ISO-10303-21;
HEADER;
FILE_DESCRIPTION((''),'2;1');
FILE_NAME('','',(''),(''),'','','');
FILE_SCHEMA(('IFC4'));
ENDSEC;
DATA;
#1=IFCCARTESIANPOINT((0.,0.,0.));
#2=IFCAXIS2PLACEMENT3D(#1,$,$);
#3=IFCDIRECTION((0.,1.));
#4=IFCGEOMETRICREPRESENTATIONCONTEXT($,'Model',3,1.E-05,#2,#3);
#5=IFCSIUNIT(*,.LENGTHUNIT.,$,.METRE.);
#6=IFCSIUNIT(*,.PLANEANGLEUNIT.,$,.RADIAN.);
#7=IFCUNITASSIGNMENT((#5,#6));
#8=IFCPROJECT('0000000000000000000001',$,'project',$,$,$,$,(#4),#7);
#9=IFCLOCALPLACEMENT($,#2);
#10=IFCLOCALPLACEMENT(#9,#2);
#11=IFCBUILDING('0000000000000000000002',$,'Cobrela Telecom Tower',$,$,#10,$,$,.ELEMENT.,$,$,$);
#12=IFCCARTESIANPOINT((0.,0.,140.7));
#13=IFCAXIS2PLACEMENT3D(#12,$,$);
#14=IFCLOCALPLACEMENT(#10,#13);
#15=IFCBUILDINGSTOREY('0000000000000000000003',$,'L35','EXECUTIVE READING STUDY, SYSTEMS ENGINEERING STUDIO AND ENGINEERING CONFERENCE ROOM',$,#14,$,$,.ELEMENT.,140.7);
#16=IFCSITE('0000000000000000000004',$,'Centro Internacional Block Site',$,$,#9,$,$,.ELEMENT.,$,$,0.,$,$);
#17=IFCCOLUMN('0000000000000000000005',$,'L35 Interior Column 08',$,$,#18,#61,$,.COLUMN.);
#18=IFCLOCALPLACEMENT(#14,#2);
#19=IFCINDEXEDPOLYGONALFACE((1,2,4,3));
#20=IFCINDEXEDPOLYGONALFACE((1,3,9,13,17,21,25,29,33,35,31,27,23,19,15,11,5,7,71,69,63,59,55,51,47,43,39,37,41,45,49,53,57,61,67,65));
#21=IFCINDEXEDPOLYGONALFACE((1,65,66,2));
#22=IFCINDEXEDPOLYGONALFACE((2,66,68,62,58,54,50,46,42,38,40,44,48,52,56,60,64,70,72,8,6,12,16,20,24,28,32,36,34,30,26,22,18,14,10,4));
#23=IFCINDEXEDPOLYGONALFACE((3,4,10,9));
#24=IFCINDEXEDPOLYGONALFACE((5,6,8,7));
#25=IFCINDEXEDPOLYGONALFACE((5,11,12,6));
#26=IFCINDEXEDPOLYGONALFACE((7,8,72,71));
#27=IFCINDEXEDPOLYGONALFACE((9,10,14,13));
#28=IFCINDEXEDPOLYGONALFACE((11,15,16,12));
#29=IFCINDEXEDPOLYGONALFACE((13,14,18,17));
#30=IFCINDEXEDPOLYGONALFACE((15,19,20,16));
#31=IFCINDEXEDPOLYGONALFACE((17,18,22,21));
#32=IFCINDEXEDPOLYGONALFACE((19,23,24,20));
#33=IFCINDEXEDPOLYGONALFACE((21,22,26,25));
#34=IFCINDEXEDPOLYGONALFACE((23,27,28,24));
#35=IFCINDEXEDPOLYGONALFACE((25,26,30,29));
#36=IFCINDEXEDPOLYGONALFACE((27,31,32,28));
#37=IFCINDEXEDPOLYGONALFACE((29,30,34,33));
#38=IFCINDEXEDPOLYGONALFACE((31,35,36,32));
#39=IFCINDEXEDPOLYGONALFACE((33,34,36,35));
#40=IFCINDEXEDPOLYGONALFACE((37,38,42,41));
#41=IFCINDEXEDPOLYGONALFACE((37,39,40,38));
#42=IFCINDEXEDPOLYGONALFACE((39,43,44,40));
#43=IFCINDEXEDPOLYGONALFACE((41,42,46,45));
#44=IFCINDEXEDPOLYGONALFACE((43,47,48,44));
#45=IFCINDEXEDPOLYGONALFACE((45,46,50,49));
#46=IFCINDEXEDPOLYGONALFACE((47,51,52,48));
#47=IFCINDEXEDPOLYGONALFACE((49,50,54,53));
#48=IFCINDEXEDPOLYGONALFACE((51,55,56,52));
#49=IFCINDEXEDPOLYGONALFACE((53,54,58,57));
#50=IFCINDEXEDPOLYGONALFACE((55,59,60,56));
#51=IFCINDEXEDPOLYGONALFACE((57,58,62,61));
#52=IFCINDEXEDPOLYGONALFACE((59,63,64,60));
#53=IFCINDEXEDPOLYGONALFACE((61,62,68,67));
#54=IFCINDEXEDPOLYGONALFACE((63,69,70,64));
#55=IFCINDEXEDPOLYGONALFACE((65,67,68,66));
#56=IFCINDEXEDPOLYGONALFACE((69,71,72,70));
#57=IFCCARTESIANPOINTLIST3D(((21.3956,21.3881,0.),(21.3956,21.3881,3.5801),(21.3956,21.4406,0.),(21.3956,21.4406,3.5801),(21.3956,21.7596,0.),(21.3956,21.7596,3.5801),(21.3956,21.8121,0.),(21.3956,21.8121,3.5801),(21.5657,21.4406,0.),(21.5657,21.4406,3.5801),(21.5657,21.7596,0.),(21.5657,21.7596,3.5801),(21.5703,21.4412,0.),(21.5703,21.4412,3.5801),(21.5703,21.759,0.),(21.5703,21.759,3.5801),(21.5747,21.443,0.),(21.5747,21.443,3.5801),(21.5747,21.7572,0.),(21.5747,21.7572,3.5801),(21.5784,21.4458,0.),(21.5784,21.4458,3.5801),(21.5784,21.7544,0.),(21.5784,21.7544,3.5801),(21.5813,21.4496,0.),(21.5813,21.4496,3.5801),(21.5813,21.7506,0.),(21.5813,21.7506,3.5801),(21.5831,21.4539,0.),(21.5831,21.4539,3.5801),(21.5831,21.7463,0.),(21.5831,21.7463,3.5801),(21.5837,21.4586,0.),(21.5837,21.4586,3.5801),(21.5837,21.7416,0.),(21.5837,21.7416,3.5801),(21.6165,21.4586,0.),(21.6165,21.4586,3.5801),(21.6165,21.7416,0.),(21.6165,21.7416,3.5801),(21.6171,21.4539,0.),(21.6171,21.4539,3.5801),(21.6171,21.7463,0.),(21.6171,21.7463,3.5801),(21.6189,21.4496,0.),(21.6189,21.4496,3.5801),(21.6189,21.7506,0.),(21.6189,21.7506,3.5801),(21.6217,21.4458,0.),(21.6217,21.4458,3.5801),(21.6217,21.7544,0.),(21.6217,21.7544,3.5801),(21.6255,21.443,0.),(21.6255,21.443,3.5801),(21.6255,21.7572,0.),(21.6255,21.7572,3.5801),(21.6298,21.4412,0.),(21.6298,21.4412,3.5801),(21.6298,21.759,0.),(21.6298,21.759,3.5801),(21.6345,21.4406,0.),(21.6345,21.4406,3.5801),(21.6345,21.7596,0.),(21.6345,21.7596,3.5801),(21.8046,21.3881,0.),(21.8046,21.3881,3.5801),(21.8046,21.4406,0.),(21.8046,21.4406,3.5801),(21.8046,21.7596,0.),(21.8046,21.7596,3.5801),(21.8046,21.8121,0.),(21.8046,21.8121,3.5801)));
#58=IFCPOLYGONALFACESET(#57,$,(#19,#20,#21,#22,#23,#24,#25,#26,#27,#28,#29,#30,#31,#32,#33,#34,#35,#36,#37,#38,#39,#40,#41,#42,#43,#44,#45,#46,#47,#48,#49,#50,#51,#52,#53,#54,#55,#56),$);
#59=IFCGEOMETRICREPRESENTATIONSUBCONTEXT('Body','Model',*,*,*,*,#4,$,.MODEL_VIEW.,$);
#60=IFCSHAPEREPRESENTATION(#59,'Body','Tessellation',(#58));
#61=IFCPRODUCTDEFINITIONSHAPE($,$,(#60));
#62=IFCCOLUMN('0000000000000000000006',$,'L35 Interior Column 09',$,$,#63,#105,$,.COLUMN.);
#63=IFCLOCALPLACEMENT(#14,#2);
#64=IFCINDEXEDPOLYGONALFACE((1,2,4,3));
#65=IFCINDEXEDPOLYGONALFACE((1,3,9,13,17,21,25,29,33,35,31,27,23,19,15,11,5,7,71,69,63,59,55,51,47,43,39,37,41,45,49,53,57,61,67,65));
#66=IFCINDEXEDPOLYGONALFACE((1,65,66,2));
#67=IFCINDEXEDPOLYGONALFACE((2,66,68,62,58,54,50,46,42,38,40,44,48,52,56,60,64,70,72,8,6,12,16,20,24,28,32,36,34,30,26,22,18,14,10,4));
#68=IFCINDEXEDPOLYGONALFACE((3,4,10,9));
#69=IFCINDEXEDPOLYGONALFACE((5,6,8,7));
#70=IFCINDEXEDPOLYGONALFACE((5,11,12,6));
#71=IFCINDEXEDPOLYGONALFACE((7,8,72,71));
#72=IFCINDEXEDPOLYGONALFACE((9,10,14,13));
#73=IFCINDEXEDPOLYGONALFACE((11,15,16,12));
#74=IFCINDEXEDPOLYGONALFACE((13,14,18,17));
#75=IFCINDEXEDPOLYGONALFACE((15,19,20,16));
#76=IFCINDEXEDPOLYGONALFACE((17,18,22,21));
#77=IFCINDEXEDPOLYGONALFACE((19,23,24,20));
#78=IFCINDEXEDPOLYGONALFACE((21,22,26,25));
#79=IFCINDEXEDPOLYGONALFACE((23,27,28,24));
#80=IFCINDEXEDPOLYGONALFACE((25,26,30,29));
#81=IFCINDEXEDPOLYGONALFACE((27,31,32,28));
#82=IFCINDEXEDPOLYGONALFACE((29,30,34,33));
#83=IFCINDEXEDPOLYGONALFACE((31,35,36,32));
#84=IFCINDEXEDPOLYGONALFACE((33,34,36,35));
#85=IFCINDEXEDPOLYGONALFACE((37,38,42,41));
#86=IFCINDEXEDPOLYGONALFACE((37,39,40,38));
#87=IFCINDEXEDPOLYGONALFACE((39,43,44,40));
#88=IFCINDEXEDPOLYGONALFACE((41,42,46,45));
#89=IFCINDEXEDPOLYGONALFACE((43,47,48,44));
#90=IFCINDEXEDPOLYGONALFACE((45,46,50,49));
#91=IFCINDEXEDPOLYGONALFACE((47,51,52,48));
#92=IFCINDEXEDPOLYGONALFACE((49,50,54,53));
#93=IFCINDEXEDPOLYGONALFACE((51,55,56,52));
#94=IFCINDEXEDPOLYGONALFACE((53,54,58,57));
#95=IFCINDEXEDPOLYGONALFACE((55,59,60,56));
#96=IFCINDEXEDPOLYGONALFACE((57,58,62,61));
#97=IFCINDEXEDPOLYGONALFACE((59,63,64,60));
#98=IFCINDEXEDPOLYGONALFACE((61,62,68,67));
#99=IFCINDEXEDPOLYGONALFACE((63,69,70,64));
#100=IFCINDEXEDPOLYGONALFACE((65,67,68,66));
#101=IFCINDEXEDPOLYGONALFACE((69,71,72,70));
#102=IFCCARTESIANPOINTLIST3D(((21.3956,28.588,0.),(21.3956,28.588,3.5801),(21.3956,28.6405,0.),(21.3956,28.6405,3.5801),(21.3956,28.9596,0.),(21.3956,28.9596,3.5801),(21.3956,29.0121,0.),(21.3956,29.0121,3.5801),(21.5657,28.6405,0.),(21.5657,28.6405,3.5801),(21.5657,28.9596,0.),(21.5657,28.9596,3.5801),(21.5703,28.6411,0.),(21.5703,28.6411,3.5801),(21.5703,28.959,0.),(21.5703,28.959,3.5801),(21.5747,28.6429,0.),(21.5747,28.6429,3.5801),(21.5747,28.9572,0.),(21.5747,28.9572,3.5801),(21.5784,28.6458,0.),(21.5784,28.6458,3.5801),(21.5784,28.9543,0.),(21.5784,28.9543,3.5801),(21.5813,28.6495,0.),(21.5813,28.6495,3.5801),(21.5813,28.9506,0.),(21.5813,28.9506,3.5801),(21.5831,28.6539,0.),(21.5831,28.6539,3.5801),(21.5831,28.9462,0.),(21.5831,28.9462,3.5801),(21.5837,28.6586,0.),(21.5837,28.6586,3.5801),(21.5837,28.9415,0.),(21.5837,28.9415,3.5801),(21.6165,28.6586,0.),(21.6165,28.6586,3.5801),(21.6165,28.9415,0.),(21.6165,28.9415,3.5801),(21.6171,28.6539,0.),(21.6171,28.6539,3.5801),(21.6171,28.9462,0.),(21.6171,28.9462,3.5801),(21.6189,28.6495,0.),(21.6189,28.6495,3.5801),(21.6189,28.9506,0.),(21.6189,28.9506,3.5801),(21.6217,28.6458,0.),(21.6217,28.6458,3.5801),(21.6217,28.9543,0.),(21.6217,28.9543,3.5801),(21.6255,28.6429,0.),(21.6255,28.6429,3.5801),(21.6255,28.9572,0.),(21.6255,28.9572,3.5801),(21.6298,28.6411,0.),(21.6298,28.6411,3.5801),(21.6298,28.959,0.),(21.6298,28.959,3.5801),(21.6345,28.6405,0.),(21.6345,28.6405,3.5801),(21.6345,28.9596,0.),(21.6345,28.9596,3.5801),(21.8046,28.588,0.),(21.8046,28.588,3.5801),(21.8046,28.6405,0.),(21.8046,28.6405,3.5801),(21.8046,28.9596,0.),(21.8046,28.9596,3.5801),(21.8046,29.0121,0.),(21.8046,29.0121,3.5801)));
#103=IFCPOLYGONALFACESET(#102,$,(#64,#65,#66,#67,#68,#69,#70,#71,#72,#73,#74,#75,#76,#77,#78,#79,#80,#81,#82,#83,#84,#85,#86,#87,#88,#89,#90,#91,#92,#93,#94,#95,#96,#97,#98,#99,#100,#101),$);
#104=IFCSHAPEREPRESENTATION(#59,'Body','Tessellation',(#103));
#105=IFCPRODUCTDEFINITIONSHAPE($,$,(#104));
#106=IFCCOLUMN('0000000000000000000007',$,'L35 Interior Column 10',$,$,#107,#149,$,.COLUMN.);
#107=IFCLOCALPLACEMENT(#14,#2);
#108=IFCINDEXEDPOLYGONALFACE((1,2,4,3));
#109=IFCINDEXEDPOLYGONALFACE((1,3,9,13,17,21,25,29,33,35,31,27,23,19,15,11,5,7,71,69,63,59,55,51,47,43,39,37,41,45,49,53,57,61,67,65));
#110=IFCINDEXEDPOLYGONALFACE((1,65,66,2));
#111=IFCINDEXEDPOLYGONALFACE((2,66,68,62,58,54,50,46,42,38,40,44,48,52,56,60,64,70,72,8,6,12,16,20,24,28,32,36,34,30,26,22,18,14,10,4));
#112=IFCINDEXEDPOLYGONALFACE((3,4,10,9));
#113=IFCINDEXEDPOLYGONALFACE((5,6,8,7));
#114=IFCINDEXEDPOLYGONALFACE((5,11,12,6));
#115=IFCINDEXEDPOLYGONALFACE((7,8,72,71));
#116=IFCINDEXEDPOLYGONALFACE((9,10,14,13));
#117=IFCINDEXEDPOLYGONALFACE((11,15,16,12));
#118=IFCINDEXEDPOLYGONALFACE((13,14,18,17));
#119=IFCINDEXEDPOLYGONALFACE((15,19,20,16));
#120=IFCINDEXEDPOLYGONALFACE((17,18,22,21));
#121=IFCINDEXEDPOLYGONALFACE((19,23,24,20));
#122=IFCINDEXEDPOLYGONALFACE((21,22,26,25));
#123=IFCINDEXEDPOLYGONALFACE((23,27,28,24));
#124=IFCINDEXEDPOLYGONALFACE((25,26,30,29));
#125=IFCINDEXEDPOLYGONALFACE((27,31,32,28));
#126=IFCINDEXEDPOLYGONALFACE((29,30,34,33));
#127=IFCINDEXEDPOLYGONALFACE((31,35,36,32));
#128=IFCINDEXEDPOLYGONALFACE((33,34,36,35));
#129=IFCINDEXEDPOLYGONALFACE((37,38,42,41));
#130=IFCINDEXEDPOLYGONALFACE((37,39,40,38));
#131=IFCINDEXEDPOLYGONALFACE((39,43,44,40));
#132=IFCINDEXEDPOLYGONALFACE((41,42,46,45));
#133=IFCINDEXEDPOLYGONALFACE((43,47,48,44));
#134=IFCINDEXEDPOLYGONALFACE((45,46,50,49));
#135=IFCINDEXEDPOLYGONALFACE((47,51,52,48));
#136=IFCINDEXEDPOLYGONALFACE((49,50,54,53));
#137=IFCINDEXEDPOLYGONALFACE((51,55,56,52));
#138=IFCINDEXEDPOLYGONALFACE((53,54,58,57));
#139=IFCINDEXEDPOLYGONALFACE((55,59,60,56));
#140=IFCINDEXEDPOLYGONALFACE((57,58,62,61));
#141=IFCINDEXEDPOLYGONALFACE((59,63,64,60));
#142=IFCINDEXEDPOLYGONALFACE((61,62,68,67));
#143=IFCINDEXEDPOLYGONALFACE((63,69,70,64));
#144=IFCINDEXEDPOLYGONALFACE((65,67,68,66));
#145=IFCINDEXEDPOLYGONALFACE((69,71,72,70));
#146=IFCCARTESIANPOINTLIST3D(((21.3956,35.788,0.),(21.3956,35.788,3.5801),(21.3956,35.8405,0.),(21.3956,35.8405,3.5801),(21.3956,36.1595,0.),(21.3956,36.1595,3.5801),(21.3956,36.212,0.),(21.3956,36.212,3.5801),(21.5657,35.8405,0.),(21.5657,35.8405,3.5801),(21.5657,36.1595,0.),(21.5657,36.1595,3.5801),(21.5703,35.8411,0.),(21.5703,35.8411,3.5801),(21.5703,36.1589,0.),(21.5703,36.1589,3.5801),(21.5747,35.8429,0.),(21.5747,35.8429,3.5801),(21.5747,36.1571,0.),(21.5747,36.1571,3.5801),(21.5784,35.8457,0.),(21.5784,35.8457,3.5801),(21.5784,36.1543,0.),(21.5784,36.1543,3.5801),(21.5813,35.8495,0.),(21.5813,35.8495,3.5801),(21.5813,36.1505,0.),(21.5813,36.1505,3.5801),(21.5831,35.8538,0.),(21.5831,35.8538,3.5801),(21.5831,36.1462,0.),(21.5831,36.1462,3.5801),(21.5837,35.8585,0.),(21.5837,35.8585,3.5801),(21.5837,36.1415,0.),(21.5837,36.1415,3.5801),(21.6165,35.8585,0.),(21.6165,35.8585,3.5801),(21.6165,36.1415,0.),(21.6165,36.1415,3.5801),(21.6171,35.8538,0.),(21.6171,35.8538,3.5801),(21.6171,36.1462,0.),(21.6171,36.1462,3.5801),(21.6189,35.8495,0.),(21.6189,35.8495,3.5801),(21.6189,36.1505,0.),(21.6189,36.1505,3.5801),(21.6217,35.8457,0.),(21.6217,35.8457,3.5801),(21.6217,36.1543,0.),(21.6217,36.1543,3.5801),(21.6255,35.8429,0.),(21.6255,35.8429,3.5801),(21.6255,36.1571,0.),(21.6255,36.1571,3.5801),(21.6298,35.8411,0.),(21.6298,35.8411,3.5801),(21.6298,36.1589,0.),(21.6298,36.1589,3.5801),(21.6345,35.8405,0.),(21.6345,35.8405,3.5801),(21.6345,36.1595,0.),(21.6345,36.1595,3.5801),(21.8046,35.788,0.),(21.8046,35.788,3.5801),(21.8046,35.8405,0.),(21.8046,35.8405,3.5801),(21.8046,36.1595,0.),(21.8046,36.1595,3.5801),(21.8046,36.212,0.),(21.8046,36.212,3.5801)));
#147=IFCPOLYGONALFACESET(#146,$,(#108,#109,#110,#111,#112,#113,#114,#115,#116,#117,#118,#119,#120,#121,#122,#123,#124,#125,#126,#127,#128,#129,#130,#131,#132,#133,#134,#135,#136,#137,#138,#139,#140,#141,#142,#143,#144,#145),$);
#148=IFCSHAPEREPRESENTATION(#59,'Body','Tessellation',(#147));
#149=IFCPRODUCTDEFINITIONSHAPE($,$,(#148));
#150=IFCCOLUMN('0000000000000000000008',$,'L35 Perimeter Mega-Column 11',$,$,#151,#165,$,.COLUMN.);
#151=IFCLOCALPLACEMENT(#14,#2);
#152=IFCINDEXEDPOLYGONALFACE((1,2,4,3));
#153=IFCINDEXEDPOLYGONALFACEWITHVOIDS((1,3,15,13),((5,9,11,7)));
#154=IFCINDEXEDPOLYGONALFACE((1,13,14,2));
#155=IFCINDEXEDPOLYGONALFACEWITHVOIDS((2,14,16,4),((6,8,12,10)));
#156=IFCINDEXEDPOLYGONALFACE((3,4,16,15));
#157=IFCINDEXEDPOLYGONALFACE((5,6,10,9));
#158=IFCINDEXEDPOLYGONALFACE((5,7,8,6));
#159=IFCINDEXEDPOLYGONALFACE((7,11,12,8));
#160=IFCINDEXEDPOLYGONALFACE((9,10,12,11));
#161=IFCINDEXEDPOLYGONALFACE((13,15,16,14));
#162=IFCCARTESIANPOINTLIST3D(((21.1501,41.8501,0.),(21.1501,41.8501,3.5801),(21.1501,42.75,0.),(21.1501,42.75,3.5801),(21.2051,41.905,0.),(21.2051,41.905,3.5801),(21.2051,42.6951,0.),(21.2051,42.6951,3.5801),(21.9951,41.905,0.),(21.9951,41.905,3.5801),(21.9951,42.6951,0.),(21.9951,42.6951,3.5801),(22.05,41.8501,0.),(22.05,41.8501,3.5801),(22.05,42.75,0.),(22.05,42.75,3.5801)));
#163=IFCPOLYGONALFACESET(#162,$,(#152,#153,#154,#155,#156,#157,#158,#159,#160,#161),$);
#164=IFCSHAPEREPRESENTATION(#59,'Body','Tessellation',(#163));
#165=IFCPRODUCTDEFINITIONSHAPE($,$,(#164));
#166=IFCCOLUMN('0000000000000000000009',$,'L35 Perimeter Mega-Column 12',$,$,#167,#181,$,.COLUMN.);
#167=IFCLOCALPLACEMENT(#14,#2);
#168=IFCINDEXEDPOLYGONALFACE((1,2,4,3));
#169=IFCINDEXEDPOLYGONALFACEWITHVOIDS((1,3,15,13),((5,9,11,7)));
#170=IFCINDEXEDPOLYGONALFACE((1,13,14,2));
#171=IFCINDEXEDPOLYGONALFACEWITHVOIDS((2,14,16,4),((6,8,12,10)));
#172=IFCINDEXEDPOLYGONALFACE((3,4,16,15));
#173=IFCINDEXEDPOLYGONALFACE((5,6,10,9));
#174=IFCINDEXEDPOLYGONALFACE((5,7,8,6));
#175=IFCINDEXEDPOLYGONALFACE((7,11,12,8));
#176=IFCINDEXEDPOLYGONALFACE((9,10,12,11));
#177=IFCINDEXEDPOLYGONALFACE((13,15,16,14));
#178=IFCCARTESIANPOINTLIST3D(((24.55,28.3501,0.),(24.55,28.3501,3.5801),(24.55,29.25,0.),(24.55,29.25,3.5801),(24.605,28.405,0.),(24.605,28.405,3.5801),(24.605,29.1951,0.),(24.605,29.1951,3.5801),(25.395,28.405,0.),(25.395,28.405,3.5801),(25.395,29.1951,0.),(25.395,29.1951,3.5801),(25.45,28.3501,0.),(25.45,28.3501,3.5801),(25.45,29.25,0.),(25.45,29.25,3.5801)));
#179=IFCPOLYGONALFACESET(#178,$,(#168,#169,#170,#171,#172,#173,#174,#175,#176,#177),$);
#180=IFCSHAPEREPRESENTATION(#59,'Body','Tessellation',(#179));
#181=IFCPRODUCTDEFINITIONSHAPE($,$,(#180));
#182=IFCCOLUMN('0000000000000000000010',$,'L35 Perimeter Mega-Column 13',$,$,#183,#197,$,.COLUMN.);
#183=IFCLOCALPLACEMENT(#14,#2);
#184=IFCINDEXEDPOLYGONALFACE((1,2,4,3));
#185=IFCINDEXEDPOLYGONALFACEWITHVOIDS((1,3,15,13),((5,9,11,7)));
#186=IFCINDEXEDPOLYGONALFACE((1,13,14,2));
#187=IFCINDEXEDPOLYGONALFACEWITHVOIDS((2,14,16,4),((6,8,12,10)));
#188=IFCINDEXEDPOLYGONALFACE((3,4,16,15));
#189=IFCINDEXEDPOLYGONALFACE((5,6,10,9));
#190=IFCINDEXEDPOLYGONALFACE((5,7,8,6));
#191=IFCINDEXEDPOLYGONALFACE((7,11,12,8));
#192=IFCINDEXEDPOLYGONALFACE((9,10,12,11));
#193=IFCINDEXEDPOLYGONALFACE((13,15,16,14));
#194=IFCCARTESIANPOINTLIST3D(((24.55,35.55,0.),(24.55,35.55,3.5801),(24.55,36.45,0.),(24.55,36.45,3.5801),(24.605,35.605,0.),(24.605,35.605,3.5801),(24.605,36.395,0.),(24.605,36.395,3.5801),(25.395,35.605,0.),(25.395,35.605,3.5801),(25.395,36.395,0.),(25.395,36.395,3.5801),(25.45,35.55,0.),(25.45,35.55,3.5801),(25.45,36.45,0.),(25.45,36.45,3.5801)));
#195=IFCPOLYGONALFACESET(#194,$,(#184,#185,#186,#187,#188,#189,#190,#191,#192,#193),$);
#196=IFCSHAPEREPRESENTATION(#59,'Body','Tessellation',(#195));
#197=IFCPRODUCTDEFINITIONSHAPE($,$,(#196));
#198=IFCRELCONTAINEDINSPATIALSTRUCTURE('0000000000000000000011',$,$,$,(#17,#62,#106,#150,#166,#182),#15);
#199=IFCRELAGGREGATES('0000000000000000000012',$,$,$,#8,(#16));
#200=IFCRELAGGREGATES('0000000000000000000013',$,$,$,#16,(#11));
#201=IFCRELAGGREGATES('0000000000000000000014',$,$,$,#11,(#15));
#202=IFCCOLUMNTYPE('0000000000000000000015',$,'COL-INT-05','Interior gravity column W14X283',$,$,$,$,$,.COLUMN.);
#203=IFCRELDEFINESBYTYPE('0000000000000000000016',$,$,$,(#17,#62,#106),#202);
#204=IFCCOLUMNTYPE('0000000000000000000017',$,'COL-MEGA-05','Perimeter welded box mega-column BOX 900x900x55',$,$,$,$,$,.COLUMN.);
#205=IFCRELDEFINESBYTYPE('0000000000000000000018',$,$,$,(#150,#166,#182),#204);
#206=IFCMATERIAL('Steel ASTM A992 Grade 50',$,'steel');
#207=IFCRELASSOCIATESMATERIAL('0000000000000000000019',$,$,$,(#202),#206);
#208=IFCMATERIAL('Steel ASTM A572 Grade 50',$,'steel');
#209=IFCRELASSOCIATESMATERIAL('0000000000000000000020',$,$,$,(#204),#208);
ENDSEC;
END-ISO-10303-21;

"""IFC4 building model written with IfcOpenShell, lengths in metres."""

from ifc_helpers import new_model, si_unit, direction, frame, origin, origin_2d, place, context, subcontext, project, spatial, hollow_rectangle, i_section, extrude, material, material_profile, profile_set, type_object, element, save


model = new_model("IFC4")

# Units and contexts
model_context = context("Model", 3, precision=1e-05, world=origin(), true_north=direction((0.0, 1.0)))
body_context = subcontext(model_context, "Body", "Model", "MODEL_VIEW")
ifc_project = project(units=[si_unit("LENGTHUNIT", "METRE"), si_unit("PLANEANGLEUNIT", "RADIAN")], contexts=[model_context])

# Site, building, storey
site_placement = place(None, origin())
site = spatial("IfcSite", under=ifc_project, at=site_placement, Name="Centro Internacional Block Site", CompositionType="ELEMENT", RefElevation=0.0)
building_placement = place(site_placement, origin())
building = spatial("IfcBuilding", under=site, at=building_placement, Name="Cobrela Telecom Tower", CompositionType="ELEMENT")
storey_placement = place(building_placement, frame((0.0, 0.0, 140.7)))
storey = spatial("IfcBuildingStorey", under=building, at=storey_placement, Name="L35", Description="EXECUTIVE READING STUDY, SYSTEMS ENGINEERING STUDIO AND ENGINEERING CONFERENCE ROOM", CompositionType="ELEMENT", Elevation=140.7)

# Columns
ifc_material_1 = material(Name="Steel ASTM A992 Grade 50", Category="steel")
ifc_material_profile_1 = material_profile(ifc_material_1, i_section(OverallWidth=0.4089, OverallDepth=0.4241, WebThickness=0.0327, FlangeThickness=0.0525, FilletRadius=0.0181, at=origin_2d()), Name="W14X283")
ifc_profile_set_1 = profile_set([ifc_material_profile_1], Name="Steel ASTM A992 Grade 50")
column_type_1 = type_object("IfcColumnType", Name="COL-INT-05", Description="Interior gravity column W14X283", PredefinedType="COLUMN", material=ifc_profile_set_1)
for number, where, z_axis, x_axis, name in (
    (1, (21.6001, 21.6001, 0.0), (0.0, 0.0, 1.0), (1.0, 0.0, 0.0), "L35 Interior Column 08"),
    (2, (21.6001, 28.8, 0.0), (0.0, 0.0, 1.0), (1.0, 0.0, 0.0), "L35 Interior Column 09"),
    (3, (21.6001, 36.0, 0.0), (0.0, 0.0, 1.0), (1.0, 0.0, 0.0), "L35 Interior Column 10"),
):
    element("IfcColumn", number, at=place(storey_placement, frame(where, z_axis=z_axis, x_axis=x_axis)), inside=storey, type_object=column_type_1, Name=name, PredefinedType="COLUMN", context=body_context, shape_type="SweptSolid", body=[
        extrude(i_section(OverallWidth=0.4089, OverallDepth=0.4241, WebThickness=0.0327, FlangeThickness=0.0525, FilletRadius=0.0181, at=origin_2d()), origin(), (0.0, 0.0, 1.0), 3.5801),
    ])
ifc_material_2 = material(Name="Steel ASTM A572 Grade 50", Category="steel")
ifc_material_profile_2 = material_profile(ifc_material_2, hollow_rectangle(XDim=0.8999, YDim=0.8999, WallThickness=0.0549, at=origin_2d()), Name="BOX 900x900x55")
ifc_profile_set_2 = profile_set([ifc_material_profile_2], Name="Steel ASTM A572 Grade 50")
column_type_2 = type_object("IfcColumnType", Name="COL-MEGA-05", Description="Perimeter welded box mega-column BOX 900x900x55", PredefinedType="COLUMN", material=ifc_profile_set_2)
for number, where, z_axis, x_axis, name in (
    (4, (21.6001, 42.3, 0.0), (0.0, 0.0, 1.0), (1.0, 0.0, 0.0), "L35 Perimeter Mega-Column 11"),
    (5, (25.0, 28.8, 0.0), (0.0, 0.0, 1.0), (1.0, 0.0, 0.0), "L35 Perimeter Mega-Column 12"),
    (6, (25.0, 36.0, 0.0), (0.0, 0.0, 1.0), (1.0, 0.0, 0.0), "L35 Perimeter Mega-Column 13"),
):
    element("IfcColumn", number, at=place(storey_placement, frame(where, z_axis=z_axis, x_axis=x_axis)), inside=storey, type_object=column_type_2, Name=name, PredefinedType="COLUMN", context=body_context, shape_type="SweptSolid", body=[
        extrude(hollow_rectangle(XDim=0.8999, YDim=0.8999, WallThickness=0.0549, at=origin_2d()), origin(), (0.0, 0.0, 1.0), 3.5801),
    ])

save(model, "model.ifc")
